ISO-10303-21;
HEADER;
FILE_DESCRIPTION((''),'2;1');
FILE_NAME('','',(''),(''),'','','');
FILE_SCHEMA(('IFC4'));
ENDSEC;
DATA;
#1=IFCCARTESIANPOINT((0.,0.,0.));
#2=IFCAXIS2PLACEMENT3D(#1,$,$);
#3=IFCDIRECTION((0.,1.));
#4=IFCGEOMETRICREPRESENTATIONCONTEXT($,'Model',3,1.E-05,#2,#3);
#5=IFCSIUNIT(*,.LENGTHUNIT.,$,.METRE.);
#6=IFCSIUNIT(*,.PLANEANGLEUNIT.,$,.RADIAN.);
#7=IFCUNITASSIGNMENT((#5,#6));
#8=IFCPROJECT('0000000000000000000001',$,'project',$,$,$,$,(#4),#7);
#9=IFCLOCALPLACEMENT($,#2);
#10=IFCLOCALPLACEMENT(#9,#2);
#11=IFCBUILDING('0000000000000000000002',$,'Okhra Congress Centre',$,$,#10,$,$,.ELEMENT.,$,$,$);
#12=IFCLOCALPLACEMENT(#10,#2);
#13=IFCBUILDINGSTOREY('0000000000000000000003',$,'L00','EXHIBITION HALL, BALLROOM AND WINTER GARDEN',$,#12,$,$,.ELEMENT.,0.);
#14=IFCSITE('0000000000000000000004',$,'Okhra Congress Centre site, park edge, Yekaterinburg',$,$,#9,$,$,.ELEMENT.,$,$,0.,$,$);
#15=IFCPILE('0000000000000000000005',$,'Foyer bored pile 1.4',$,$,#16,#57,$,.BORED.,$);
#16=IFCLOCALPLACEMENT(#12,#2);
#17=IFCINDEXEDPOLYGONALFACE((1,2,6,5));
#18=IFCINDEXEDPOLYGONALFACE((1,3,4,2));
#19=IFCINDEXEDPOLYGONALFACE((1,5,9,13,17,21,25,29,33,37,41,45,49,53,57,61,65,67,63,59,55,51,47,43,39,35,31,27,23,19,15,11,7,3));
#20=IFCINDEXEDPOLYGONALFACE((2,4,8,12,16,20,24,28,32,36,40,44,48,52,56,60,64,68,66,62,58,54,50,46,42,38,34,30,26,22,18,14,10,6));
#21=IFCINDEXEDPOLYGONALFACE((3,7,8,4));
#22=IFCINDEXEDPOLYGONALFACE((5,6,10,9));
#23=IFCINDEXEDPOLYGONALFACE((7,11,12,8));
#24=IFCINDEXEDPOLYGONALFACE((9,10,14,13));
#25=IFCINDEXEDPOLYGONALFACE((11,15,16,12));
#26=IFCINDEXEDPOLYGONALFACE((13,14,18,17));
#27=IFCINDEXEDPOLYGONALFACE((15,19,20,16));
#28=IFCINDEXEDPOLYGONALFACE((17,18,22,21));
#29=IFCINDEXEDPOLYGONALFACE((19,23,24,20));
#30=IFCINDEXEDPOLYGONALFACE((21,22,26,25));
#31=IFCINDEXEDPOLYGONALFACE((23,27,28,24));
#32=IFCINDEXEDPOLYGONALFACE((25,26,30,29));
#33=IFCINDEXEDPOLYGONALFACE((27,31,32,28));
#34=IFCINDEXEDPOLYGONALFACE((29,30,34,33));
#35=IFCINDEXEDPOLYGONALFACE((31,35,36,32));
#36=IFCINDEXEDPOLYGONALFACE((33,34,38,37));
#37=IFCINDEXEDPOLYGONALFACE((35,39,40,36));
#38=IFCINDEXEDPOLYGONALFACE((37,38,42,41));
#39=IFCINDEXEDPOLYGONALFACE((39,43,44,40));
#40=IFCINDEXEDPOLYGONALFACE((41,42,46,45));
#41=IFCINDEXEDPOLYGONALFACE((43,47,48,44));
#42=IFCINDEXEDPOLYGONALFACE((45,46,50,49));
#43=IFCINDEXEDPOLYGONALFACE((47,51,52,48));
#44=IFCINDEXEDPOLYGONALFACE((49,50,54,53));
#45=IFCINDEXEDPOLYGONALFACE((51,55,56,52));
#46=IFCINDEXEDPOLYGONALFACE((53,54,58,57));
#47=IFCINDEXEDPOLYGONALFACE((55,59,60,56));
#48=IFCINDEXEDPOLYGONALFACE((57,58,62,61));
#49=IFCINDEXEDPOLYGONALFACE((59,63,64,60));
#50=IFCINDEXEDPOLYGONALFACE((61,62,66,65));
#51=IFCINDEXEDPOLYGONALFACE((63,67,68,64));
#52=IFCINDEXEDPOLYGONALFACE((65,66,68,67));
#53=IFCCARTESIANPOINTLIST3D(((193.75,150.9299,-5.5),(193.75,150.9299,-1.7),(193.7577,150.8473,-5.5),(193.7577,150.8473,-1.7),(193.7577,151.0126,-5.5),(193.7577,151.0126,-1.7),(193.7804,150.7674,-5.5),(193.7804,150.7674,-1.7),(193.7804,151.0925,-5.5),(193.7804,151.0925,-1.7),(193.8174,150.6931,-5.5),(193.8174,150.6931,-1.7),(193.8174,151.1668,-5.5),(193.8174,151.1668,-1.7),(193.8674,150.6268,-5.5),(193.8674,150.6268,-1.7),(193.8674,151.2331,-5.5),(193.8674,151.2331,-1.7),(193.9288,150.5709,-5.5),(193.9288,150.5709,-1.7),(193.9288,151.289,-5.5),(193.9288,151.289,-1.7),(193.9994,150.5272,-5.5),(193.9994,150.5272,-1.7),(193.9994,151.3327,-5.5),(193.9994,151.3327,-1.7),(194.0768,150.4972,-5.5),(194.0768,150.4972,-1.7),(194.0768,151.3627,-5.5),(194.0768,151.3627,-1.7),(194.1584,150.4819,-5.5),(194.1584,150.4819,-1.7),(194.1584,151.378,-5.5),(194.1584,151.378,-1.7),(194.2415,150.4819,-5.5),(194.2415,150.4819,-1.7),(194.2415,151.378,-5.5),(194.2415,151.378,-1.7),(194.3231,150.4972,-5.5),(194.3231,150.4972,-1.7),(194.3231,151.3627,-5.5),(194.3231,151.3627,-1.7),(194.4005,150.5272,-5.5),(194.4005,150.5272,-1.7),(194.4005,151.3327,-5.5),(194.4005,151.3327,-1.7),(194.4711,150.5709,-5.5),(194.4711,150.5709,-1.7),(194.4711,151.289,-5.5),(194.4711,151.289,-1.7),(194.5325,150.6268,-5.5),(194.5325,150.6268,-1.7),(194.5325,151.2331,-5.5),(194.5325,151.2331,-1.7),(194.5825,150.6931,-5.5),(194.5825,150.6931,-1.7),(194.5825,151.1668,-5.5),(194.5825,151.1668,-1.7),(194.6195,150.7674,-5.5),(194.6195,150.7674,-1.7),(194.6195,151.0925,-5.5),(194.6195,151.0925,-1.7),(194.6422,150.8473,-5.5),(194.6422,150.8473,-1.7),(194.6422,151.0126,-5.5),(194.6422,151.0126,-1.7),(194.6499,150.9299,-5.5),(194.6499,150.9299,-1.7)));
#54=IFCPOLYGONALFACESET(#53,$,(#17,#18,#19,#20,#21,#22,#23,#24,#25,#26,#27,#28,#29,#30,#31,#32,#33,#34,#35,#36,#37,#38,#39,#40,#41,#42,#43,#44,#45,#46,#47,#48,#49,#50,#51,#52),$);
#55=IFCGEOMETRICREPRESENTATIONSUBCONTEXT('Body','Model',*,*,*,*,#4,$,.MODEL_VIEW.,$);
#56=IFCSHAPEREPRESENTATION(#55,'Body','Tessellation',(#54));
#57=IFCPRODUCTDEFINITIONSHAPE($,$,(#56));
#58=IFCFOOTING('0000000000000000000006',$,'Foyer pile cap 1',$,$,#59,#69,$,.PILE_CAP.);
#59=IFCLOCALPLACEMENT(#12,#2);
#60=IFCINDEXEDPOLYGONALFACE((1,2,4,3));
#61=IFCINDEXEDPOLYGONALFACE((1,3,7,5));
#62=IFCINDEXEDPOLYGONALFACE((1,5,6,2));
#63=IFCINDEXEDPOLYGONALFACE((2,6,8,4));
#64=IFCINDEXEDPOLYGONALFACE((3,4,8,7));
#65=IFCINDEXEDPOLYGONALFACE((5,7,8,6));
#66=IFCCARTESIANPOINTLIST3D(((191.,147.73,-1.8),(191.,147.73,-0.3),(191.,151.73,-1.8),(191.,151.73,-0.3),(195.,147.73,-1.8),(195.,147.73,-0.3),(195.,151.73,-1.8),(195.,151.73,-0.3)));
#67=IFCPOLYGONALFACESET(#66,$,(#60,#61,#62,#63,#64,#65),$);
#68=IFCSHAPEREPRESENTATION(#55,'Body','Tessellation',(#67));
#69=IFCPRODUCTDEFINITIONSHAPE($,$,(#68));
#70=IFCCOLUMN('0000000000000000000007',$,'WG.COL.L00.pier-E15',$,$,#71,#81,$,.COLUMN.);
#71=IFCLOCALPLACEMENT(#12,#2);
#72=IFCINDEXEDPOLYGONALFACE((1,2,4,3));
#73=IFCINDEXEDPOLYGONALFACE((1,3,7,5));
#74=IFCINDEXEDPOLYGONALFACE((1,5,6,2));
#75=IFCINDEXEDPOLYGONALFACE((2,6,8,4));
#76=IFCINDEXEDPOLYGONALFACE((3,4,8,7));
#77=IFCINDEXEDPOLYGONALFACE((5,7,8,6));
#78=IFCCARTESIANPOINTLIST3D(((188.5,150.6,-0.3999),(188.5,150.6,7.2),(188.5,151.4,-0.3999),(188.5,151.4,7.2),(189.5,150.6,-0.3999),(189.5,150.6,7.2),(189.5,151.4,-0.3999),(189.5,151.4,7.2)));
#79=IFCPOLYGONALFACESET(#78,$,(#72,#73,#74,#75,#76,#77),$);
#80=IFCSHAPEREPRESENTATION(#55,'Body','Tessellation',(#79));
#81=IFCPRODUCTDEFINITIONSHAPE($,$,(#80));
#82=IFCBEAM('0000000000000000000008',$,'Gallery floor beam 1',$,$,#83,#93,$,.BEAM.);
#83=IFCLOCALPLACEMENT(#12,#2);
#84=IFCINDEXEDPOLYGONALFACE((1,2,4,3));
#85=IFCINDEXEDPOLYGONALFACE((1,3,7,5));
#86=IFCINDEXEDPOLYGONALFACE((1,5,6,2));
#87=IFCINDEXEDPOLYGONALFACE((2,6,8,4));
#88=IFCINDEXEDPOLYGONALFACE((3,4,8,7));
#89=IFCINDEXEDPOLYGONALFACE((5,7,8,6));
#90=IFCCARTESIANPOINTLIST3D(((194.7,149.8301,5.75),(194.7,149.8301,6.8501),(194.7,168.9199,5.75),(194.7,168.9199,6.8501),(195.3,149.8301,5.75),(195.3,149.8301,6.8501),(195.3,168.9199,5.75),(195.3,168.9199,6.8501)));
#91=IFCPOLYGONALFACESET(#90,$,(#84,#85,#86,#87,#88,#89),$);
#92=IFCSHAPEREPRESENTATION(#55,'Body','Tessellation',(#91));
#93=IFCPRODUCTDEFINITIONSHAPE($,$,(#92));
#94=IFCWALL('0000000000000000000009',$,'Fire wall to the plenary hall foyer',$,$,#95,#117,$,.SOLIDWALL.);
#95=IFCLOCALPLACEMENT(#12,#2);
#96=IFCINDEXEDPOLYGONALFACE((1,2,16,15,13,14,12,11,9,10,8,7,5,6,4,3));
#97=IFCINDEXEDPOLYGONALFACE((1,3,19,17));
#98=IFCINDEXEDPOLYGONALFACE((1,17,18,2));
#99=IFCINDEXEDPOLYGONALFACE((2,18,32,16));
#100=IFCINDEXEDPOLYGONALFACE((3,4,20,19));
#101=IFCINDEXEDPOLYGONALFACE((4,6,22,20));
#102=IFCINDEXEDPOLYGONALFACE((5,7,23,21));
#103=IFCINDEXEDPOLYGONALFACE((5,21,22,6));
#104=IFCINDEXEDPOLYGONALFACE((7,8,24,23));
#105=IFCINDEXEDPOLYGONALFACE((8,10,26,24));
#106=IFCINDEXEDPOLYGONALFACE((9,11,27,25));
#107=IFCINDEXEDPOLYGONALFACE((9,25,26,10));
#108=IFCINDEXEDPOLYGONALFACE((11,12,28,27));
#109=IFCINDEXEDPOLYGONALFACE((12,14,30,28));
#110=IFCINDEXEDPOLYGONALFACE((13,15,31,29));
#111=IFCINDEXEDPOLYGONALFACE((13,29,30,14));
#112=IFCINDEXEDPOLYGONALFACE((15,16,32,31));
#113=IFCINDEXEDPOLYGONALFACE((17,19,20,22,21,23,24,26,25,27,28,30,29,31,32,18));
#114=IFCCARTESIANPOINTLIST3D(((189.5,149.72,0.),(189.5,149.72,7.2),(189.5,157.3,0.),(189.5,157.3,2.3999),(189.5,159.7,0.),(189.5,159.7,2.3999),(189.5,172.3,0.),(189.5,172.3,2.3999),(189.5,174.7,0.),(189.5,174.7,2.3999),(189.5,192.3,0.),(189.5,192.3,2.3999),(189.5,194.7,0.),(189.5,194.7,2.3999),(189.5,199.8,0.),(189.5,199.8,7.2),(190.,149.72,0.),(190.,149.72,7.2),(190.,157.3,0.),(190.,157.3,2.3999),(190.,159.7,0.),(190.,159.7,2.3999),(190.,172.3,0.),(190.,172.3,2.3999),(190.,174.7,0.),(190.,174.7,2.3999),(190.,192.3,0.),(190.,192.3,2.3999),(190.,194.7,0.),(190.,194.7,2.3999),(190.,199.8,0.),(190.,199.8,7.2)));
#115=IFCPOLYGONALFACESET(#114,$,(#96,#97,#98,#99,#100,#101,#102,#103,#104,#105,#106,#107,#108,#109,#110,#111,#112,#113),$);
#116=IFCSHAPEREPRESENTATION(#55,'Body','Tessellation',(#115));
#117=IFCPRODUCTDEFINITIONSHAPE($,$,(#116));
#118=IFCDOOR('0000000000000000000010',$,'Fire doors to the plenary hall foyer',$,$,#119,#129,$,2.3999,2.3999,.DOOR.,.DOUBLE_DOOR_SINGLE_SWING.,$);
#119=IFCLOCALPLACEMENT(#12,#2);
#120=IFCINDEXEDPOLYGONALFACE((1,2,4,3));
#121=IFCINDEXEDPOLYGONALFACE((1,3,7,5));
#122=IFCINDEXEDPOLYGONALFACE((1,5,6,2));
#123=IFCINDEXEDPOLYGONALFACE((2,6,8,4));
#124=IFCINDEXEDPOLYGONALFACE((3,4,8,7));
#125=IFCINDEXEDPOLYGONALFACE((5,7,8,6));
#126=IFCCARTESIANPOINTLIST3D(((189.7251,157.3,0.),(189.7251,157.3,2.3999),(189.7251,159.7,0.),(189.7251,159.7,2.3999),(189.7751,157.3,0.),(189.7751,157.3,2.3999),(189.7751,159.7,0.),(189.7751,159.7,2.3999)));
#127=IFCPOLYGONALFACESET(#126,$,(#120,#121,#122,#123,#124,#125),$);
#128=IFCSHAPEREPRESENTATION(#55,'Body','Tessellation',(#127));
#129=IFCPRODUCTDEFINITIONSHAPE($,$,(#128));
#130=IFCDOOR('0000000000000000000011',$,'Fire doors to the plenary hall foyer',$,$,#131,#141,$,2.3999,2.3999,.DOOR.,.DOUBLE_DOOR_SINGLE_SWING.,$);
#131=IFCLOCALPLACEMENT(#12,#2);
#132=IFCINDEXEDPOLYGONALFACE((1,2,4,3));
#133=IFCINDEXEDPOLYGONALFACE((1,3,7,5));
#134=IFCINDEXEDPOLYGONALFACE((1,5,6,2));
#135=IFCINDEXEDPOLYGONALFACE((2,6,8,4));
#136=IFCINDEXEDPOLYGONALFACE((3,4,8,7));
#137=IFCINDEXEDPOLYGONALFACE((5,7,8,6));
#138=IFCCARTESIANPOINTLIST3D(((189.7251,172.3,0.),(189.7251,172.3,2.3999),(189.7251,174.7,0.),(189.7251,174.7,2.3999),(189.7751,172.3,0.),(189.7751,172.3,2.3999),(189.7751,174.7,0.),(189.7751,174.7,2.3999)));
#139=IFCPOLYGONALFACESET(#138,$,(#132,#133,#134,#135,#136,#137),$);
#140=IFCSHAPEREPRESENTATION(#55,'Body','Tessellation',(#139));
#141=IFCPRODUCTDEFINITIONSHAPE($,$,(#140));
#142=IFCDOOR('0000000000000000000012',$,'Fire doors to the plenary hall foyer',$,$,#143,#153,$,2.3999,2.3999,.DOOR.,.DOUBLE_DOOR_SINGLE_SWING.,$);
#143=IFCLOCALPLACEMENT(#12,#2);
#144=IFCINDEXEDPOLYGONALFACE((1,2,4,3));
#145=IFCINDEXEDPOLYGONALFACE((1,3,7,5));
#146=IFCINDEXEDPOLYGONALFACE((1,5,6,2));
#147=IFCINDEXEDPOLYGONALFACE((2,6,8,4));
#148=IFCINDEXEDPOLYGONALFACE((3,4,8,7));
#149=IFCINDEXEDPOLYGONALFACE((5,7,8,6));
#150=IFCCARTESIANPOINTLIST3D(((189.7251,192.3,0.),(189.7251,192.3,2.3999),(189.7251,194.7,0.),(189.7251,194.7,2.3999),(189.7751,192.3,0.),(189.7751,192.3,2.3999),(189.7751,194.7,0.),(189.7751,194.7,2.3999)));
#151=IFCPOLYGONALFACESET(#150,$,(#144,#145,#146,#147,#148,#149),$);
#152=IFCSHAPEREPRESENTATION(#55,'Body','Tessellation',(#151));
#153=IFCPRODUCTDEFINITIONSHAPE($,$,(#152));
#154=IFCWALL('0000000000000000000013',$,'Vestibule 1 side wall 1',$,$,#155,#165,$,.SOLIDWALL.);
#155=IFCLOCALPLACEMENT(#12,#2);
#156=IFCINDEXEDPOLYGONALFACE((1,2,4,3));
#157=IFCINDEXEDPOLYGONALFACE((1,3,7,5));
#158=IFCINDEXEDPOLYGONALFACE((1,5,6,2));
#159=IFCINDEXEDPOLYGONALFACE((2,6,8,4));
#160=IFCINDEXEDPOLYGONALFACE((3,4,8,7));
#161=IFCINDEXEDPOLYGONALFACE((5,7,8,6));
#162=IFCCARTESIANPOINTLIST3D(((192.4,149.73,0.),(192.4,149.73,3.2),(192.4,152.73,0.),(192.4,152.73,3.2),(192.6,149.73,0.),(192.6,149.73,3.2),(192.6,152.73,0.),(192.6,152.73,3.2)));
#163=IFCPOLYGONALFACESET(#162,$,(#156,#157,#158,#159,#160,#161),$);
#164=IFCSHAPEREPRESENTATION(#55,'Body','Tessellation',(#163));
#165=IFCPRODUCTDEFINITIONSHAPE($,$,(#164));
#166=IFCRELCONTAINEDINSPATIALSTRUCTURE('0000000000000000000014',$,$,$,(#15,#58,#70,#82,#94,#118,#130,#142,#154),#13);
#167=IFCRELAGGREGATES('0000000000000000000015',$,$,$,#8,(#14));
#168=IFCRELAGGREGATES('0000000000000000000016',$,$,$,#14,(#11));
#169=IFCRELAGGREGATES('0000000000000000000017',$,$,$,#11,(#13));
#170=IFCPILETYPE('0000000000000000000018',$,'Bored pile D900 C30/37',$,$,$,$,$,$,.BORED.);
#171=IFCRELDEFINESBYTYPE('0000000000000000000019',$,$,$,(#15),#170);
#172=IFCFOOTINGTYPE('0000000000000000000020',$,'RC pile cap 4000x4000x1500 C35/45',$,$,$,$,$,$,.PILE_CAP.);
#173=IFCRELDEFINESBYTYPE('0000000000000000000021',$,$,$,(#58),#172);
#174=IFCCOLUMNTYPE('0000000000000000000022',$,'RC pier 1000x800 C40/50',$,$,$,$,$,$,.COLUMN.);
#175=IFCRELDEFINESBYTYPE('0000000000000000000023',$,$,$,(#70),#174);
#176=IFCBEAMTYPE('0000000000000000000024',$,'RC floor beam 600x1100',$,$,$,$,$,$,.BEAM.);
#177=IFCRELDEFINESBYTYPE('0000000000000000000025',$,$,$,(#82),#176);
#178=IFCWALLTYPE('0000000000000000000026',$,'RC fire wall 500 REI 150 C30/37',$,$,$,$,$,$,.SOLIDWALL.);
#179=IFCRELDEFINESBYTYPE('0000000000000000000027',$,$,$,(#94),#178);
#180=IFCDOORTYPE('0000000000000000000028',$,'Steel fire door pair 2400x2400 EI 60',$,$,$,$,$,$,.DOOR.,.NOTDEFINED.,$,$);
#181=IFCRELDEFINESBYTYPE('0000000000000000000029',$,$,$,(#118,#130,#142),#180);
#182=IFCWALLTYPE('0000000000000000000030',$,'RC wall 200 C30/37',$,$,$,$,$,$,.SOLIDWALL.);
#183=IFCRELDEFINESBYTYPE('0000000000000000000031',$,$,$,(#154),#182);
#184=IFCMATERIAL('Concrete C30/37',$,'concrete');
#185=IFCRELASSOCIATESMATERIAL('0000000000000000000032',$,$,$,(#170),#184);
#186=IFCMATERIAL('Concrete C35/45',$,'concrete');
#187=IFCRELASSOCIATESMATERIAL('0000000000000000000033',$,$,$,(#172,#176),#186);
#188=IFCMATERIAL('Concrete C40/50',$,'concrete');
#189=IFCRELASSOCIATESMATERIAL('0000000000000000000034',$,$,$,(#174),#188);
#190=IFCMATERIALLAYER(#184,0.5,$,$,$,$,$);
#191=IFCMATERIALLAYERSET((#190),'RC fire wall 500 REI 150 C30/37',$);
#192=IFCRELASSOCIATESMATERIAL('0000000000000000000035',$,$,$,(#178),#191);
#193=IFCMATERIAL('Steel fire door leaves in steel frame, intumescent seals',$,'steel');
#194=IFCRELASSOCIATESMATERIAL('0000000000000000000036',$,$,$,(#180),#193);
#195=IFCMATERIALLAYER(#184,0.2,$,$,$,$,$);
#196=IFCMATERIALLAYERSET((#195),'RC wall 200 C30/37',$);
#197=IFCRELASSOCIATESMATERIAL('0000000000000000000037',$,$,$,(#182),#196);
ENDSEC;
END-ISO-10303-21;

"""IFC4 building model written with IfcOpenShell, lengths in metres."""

from ifc_helpers import new_model, si_unit, direction, frame, frame_2d, origin, origin_2d, place, context, subcontext, project, spatial, rectangle, circle, extrude, material, layer, layer_set, material_profile, profile_set, type_object, element, fill, save


model = new_model("IFC4")

# Units and contexts
model_context = context("Model", 3, precision=1e-05, world=origin(), true_north=direction((0.0, 1.0)))
body_context = subcontext(model_context, "Body", "Model", "MODEL_VIEW")
ifc_project = project(units=[si_unit("LENGTHUNIT", "METRE"), si_unit("PLANEANGLEUNIT", "RADIAN")], contexts=[model_context])

# Site, building, storey
site_placement = place(None, origin())
site = spatial("IfcSite", under=ifc_project, at=site_placement, Name="Okhra Congress Centre site, park edge, Yekaterinburg", CompositionType="ELEMENT", RefElevation=0.0)
building_placement = place(site_placement, origin())
building = spatial("IfcBuilding", under=site, at=building_placement, Name="Okhra Congress Centre", CompositionType="ELEMENT")
storey_placement = place(building_placement, origin())
storey = spatial("IfcBuildingStorey", under=building, at=storey_placement, Name="L00", Description="EXHIBITION HALL, BALLROOM AND WINTER GARDEN", CompositionType="ELEMENT", Elevation=0.0)

# Pile
ifc_material_1 = material(Name="Concrete C30/37", Category="concrete")
ifc_material_profile_1 = material_profile(ifc_material_1, circle(Radius=0.45, at=origin_2d()), Name="D900")
ifc_profile_set_1 = profile_set([ifc_material_profile_1], Name="Concrete C30/37")
pile_type_1 = type_object("IfcPileType", Name="Bored pile D900 C30/37", PredefinedType="BORED", material=ifc_profile_set_1)
for number, where, z_axis, x_axis, name in (
    (1, (194.2, 150.9299, -1.7), (0.0, 0.0, -1.0), (1.0, 0.0, 0.0), "Foyer bored pile 1.4"),
):
    element("IfcPile", number, at=place(storey_placement, frame(where, z_axis=z_axis, x_axis=x_axis)), inside=storey, type_object=pile_type_1, Name=name, PredefinedType="BORED", context=body_context, shape_type="SweptSolid", body=[
        extrude(circle(Radius=0.45, at=origin_2d()), origin(), (0.0, 0.0, 1.0), 3.8),
    ])

# Footing
ifc_material_2 = material(Name="Concrete C35/45", Category="concrete")
footing_type = type_object("IfcFootingType", Name="RC pile cap 4000x4000x1500 C35/45", PredefinedType="PILE_CAP", material=ifc_material_2)
footing_placement = place(storey_placement, frame((193.0, 149.73, -1.8), z_axis=(0.0, 0.0, 1.0), x_axis=(1.0, 0.0, 0.0)))
element("IfcFooting", 2, at=footing_placement, inside=storey, type_object=footing_type, Name="Foyer pile cap 1", PredefinedType="PILE_CAP", context=body_context, shape_type="SweptSolid", body=[
    extrude(rectangle(XDim=4.0, YDim=4.0, at=origin_2d()), origin(), (0.0, 0.0, 1.0), 1.5),
])

# Column
ifc_material_3 = material(Name="Concrete C40/50", Category="concrete")
ifc_material_profile_2 = material_profile(ifc_material_3, rectangle(XDim=1.0, YDim=0.8, at=origin_2d()), Name="RC 1000x800")
ifc_profile_set_2 = profile_set([ifc_material_profile_2], Name="Concrete C40/50")
column_type = type_object("IfcColumnType", Name="RC pier 1000x800 C40/50", PredefinedType="COLUMN", material=ifc_profile_set_2)
column_placement = place(storey_placement, frame((189.0, 151.0, -0.3999), z_axis=(0.0, 0.0, 1.0), x_axis=(1.0, 0.0, 0.0)))
element("IfcColumn", 3, at=column_placement, inside=storey, type_object=column_type, Name="WG.COL.L00.pier-E15", PredefinedType="COLUMN", context=body_context, shape_type="SweptSolid", body=[
    extrude(rectangle(XDim=1.0, YDim=0.8, at=origin_2d()), origin(), (0.0, 0.0, 1.0), 7.5999),
])

# Beam
ifc_material_profile_3 = material_profile(ifc_material_2, rectangle(XDim=0.6001, YDim=1.1001, at=origin_2d()), Name="RC floor beam 600x1100")
ifc_profile_set_3 = profile_set([ifc_material_profile_3], Name="Concrete C35/45")
beam_type = type_object("IfcBeamType", Name="RC floor beam 600x1100", PredefinedType="BEAM", material=ifc_profile_set_3)
beam_placement = place(storey_placement, frame((195.0, 149.8301, 6.3), z_axis=(0.0, 1.0, 0.0), x_axis=(-1.0, 0.0, 0.0)))
element("IfcBeam", 4, at=beam_placement, inside=storey, type_object=beam_type, Name="Gallery floor beam 1", PredefinedType="BEAM", context=body_context, shape_type="SweptSolid", body=[
    extrude(rectangle(XDim=0.6001, YDim=1.1001, at=origin_2d()), origin(), (0.0, 0.0, 1.0), 19.0898),
])

# Wall, openings, doors
ifc_layer_1 = layer(ifc_material_1, 0.5)
ifc_layer_set_1 = layer_set([ifc_layer_1], Name="RC fire wall 500 REI 150 C30/37")
wall_type_1 = type_object("IfcWallType", Name="RC fire wall 500 REI 150 C30/37", PredefinedType="SOLIDWALL", material=ifc_layer_set_1)
wall_1_placement = place(storey_placement, frame((189.75, 149.72, 0.0), z_axis=(0.0, 0.0, 1.0), x_axis=(0.0, 1.0, 0.0)))
wall_1 = element("IfcWall", 5, at=wall_1_placement, inside=storey, type_object=wall_type_1, Name="Fire wall to the plenary hall foyer", PredefinedType="SOLIDWALL", context=body_context, shape_type="SweptSolid", body=[
    extrude(rectangle(XDim=50.0801, YDim=0.5, at=frame_2d((25.04, 0.0))), origin(), (0.0, 0.0, 1.0), 7.2),
])
opening_1_placement = place(wall_1_placement, frame((7.5801, 0.0, 0.0)))
opening_1 = element("IfcOpeningElement", 6, at=opening_1_placement, cuts=wall_1, PredefinedType="OPENING", context=body_context, shape_type="SweptSolid", body=[
    extrude(rectangle(XDim=2.3999, YDim=2.3999, at=frame_2d((1.2, 1.2))), frame((0.0, 0.26, 0.0), z_axis=(0.0, -1.0, 0.0), x_axis=(1.0, 0.0, 0.0)), (0.0, 0.0, 1.0), 0.52),
])
opening_2_placement = place(wall_1_placement, frame((22.5801, 0.0, 0.0)))
opening_2 = element("IfcOpeningElement", 7, at=opening_2_placement, cuts=wall_1, PredefinedType="OPENING", context=body_context, shape_type="SweptSolid", body=[
    extrude(rectangle(XDim=2.3999, YDim=2.3999, at=frame_2d((1.2, 1.2))), frame((0.0, 0.26, 0.0), z_axis=(0.0, -1.0, 0.0), x_axis=(1.0, 0.0, 0.0)), (0.0, 0.0, 1.0), 0.52),
])
opening_3_placement = place(wall_1_placement, frame((42.5801, 0.0, 0.0)))
opening_3 = element("IfcOpeningElement", 8, at=opening_3_placement, cuts=wall_1, PredefinedType="OPENING", context=body_context, shape_type="SweptSolid", body=[
    extrude(rectangle(XDim=2.3999, YDim=2.3999, at=frame_2d((1.2, 1.2))), frame((0.0, 0.26, 0.0), z_axis=(0.0, -1.0, 0.0), x_axis=(1.0, 0.0, 0.0)), (0.0, 0.0, 1.0), 0.52),
])
ifc_material_4 = material(Name="Steel fire door leaves in steel frame, intumescent seals", Category="steel")
door_type_1 = type_object("IfcDoorType", Name="Steel fire door pair 2400x2400 EI 60", OperationType="NOTDEFINED", PredefinedType="DOOR", material=ifc_material_4)
door_1_placement = place(opening_1_placement, origin())
door_1 = element("IfcDoor", 9, at=door_1_placement, inside=storey, type_object=door_type_1, Name="Fire doors to the plenary hall foyer", OperationType="DOUBLE_DOOR_SINGLE_SWING", OverallHeight=2.3999, OverallWidth=2.3999, PredefinedType="DOOR", context=body_context, shape_type="SweptSolid", body=[
    extrude(rectangle(XDim=2.3999, YDim=2.3999, at=frame_2d((1.2, 1.2))), frame((0.0, 0.0249, 0.0), z_axis=(0.0, -1.0, 0.0), x_axis=(1.0, 0.0, 0.0)), (0.0, 0.0, 1.0), 0.05),
])
fill(opening_1, door_1)
door_2_placement = place(opening_2_placement, origin())
door_2 = element("IfcDoor", 10, at=door_2_placement, inside=storey, type_object=door_type_1, Name="Fire doors to the plenary hall foyer", OperationType="DOUBLE_DOOR_SINGLE_SWING", OverallHeight=2.3999, OverallWidth=2.3999, PredefinedType="DOOR", context=body_context, shape_type="SweptSolid", body=[
    extrude(rectangle(XDim=2.3999, YDim=2.3999, at=frame_2d((1.2, 1.2))), frame((0.0, 0.0249, 0.0), z_axis=(0.0, -1.0, 0.0), x_axis=(1.0, 0.0, 0.0)), (0.0, 0.0, 1.0), 0.05),
])
fill(opening_2, door_2)
door_3_placement = place(opening_3_placement, origin())
door_3 = element("IfcDoor", 11, at=door_3_placement, inside=storey, type_object=door_type_1, Name="Fire doors to the plenary hall foyer", OperationType="DOUBLE_DOOR_SINGLE_SWING", OverallHeight=2.3999, OverallWidth=2.3999, PredefinedType="DOOR", context=body_context, shape_type="SweptSolid", body=[
    extrude(rectangle(XDim=2.3999, YDim=2.3999, at=frame_2d((1.2, 1.2))), frame((0.0, 0.0249, 0.0), z_axis=(0.0, -1.0, 0.0), x_axis=(1.0, 0.0, 0.0)), (0.0, 0.0, 1.0), 0.05),
])
fill(opening_3, door_3)

# Wall
ifc_layer_2 = layer(ifc_material_1, 0.2)
ifc_layer_set_2 = layer_set([ifc_layer_2], Name="RC wall 200 C30/37")
wall_type_2 = type_object("IfcWallType", Name="RC wall 200 C30/37", PredefinedType="SOLIDWALL", material=ifc_layer_set_2)
for number, where, z_axis, x_axis, name in (
    (12, (192.5, 149.73, 0.0), (0.0, 0.0, 1.0), (0.0, 1.0, 0.0), "Vestibule 1 side wall 1"),
):
    element("IfcWall", number, at=place(storey_placement, frame(where, z_axis=z_axis, x_axis=x_axis)), inside=storey, type_object=wall_type_2, Name=name, PredefinedType="SOLIDWALL", context=body_context, shape_type="SweptSolid", body=[
        extrude(rectangle(XDim=3.0, YDim=0.2, at=frame_2d((1.5, 0.0))), origin(), (0.0, 0.0, 1.0), 3.2),
    ])

save(model, "model.ifc")
